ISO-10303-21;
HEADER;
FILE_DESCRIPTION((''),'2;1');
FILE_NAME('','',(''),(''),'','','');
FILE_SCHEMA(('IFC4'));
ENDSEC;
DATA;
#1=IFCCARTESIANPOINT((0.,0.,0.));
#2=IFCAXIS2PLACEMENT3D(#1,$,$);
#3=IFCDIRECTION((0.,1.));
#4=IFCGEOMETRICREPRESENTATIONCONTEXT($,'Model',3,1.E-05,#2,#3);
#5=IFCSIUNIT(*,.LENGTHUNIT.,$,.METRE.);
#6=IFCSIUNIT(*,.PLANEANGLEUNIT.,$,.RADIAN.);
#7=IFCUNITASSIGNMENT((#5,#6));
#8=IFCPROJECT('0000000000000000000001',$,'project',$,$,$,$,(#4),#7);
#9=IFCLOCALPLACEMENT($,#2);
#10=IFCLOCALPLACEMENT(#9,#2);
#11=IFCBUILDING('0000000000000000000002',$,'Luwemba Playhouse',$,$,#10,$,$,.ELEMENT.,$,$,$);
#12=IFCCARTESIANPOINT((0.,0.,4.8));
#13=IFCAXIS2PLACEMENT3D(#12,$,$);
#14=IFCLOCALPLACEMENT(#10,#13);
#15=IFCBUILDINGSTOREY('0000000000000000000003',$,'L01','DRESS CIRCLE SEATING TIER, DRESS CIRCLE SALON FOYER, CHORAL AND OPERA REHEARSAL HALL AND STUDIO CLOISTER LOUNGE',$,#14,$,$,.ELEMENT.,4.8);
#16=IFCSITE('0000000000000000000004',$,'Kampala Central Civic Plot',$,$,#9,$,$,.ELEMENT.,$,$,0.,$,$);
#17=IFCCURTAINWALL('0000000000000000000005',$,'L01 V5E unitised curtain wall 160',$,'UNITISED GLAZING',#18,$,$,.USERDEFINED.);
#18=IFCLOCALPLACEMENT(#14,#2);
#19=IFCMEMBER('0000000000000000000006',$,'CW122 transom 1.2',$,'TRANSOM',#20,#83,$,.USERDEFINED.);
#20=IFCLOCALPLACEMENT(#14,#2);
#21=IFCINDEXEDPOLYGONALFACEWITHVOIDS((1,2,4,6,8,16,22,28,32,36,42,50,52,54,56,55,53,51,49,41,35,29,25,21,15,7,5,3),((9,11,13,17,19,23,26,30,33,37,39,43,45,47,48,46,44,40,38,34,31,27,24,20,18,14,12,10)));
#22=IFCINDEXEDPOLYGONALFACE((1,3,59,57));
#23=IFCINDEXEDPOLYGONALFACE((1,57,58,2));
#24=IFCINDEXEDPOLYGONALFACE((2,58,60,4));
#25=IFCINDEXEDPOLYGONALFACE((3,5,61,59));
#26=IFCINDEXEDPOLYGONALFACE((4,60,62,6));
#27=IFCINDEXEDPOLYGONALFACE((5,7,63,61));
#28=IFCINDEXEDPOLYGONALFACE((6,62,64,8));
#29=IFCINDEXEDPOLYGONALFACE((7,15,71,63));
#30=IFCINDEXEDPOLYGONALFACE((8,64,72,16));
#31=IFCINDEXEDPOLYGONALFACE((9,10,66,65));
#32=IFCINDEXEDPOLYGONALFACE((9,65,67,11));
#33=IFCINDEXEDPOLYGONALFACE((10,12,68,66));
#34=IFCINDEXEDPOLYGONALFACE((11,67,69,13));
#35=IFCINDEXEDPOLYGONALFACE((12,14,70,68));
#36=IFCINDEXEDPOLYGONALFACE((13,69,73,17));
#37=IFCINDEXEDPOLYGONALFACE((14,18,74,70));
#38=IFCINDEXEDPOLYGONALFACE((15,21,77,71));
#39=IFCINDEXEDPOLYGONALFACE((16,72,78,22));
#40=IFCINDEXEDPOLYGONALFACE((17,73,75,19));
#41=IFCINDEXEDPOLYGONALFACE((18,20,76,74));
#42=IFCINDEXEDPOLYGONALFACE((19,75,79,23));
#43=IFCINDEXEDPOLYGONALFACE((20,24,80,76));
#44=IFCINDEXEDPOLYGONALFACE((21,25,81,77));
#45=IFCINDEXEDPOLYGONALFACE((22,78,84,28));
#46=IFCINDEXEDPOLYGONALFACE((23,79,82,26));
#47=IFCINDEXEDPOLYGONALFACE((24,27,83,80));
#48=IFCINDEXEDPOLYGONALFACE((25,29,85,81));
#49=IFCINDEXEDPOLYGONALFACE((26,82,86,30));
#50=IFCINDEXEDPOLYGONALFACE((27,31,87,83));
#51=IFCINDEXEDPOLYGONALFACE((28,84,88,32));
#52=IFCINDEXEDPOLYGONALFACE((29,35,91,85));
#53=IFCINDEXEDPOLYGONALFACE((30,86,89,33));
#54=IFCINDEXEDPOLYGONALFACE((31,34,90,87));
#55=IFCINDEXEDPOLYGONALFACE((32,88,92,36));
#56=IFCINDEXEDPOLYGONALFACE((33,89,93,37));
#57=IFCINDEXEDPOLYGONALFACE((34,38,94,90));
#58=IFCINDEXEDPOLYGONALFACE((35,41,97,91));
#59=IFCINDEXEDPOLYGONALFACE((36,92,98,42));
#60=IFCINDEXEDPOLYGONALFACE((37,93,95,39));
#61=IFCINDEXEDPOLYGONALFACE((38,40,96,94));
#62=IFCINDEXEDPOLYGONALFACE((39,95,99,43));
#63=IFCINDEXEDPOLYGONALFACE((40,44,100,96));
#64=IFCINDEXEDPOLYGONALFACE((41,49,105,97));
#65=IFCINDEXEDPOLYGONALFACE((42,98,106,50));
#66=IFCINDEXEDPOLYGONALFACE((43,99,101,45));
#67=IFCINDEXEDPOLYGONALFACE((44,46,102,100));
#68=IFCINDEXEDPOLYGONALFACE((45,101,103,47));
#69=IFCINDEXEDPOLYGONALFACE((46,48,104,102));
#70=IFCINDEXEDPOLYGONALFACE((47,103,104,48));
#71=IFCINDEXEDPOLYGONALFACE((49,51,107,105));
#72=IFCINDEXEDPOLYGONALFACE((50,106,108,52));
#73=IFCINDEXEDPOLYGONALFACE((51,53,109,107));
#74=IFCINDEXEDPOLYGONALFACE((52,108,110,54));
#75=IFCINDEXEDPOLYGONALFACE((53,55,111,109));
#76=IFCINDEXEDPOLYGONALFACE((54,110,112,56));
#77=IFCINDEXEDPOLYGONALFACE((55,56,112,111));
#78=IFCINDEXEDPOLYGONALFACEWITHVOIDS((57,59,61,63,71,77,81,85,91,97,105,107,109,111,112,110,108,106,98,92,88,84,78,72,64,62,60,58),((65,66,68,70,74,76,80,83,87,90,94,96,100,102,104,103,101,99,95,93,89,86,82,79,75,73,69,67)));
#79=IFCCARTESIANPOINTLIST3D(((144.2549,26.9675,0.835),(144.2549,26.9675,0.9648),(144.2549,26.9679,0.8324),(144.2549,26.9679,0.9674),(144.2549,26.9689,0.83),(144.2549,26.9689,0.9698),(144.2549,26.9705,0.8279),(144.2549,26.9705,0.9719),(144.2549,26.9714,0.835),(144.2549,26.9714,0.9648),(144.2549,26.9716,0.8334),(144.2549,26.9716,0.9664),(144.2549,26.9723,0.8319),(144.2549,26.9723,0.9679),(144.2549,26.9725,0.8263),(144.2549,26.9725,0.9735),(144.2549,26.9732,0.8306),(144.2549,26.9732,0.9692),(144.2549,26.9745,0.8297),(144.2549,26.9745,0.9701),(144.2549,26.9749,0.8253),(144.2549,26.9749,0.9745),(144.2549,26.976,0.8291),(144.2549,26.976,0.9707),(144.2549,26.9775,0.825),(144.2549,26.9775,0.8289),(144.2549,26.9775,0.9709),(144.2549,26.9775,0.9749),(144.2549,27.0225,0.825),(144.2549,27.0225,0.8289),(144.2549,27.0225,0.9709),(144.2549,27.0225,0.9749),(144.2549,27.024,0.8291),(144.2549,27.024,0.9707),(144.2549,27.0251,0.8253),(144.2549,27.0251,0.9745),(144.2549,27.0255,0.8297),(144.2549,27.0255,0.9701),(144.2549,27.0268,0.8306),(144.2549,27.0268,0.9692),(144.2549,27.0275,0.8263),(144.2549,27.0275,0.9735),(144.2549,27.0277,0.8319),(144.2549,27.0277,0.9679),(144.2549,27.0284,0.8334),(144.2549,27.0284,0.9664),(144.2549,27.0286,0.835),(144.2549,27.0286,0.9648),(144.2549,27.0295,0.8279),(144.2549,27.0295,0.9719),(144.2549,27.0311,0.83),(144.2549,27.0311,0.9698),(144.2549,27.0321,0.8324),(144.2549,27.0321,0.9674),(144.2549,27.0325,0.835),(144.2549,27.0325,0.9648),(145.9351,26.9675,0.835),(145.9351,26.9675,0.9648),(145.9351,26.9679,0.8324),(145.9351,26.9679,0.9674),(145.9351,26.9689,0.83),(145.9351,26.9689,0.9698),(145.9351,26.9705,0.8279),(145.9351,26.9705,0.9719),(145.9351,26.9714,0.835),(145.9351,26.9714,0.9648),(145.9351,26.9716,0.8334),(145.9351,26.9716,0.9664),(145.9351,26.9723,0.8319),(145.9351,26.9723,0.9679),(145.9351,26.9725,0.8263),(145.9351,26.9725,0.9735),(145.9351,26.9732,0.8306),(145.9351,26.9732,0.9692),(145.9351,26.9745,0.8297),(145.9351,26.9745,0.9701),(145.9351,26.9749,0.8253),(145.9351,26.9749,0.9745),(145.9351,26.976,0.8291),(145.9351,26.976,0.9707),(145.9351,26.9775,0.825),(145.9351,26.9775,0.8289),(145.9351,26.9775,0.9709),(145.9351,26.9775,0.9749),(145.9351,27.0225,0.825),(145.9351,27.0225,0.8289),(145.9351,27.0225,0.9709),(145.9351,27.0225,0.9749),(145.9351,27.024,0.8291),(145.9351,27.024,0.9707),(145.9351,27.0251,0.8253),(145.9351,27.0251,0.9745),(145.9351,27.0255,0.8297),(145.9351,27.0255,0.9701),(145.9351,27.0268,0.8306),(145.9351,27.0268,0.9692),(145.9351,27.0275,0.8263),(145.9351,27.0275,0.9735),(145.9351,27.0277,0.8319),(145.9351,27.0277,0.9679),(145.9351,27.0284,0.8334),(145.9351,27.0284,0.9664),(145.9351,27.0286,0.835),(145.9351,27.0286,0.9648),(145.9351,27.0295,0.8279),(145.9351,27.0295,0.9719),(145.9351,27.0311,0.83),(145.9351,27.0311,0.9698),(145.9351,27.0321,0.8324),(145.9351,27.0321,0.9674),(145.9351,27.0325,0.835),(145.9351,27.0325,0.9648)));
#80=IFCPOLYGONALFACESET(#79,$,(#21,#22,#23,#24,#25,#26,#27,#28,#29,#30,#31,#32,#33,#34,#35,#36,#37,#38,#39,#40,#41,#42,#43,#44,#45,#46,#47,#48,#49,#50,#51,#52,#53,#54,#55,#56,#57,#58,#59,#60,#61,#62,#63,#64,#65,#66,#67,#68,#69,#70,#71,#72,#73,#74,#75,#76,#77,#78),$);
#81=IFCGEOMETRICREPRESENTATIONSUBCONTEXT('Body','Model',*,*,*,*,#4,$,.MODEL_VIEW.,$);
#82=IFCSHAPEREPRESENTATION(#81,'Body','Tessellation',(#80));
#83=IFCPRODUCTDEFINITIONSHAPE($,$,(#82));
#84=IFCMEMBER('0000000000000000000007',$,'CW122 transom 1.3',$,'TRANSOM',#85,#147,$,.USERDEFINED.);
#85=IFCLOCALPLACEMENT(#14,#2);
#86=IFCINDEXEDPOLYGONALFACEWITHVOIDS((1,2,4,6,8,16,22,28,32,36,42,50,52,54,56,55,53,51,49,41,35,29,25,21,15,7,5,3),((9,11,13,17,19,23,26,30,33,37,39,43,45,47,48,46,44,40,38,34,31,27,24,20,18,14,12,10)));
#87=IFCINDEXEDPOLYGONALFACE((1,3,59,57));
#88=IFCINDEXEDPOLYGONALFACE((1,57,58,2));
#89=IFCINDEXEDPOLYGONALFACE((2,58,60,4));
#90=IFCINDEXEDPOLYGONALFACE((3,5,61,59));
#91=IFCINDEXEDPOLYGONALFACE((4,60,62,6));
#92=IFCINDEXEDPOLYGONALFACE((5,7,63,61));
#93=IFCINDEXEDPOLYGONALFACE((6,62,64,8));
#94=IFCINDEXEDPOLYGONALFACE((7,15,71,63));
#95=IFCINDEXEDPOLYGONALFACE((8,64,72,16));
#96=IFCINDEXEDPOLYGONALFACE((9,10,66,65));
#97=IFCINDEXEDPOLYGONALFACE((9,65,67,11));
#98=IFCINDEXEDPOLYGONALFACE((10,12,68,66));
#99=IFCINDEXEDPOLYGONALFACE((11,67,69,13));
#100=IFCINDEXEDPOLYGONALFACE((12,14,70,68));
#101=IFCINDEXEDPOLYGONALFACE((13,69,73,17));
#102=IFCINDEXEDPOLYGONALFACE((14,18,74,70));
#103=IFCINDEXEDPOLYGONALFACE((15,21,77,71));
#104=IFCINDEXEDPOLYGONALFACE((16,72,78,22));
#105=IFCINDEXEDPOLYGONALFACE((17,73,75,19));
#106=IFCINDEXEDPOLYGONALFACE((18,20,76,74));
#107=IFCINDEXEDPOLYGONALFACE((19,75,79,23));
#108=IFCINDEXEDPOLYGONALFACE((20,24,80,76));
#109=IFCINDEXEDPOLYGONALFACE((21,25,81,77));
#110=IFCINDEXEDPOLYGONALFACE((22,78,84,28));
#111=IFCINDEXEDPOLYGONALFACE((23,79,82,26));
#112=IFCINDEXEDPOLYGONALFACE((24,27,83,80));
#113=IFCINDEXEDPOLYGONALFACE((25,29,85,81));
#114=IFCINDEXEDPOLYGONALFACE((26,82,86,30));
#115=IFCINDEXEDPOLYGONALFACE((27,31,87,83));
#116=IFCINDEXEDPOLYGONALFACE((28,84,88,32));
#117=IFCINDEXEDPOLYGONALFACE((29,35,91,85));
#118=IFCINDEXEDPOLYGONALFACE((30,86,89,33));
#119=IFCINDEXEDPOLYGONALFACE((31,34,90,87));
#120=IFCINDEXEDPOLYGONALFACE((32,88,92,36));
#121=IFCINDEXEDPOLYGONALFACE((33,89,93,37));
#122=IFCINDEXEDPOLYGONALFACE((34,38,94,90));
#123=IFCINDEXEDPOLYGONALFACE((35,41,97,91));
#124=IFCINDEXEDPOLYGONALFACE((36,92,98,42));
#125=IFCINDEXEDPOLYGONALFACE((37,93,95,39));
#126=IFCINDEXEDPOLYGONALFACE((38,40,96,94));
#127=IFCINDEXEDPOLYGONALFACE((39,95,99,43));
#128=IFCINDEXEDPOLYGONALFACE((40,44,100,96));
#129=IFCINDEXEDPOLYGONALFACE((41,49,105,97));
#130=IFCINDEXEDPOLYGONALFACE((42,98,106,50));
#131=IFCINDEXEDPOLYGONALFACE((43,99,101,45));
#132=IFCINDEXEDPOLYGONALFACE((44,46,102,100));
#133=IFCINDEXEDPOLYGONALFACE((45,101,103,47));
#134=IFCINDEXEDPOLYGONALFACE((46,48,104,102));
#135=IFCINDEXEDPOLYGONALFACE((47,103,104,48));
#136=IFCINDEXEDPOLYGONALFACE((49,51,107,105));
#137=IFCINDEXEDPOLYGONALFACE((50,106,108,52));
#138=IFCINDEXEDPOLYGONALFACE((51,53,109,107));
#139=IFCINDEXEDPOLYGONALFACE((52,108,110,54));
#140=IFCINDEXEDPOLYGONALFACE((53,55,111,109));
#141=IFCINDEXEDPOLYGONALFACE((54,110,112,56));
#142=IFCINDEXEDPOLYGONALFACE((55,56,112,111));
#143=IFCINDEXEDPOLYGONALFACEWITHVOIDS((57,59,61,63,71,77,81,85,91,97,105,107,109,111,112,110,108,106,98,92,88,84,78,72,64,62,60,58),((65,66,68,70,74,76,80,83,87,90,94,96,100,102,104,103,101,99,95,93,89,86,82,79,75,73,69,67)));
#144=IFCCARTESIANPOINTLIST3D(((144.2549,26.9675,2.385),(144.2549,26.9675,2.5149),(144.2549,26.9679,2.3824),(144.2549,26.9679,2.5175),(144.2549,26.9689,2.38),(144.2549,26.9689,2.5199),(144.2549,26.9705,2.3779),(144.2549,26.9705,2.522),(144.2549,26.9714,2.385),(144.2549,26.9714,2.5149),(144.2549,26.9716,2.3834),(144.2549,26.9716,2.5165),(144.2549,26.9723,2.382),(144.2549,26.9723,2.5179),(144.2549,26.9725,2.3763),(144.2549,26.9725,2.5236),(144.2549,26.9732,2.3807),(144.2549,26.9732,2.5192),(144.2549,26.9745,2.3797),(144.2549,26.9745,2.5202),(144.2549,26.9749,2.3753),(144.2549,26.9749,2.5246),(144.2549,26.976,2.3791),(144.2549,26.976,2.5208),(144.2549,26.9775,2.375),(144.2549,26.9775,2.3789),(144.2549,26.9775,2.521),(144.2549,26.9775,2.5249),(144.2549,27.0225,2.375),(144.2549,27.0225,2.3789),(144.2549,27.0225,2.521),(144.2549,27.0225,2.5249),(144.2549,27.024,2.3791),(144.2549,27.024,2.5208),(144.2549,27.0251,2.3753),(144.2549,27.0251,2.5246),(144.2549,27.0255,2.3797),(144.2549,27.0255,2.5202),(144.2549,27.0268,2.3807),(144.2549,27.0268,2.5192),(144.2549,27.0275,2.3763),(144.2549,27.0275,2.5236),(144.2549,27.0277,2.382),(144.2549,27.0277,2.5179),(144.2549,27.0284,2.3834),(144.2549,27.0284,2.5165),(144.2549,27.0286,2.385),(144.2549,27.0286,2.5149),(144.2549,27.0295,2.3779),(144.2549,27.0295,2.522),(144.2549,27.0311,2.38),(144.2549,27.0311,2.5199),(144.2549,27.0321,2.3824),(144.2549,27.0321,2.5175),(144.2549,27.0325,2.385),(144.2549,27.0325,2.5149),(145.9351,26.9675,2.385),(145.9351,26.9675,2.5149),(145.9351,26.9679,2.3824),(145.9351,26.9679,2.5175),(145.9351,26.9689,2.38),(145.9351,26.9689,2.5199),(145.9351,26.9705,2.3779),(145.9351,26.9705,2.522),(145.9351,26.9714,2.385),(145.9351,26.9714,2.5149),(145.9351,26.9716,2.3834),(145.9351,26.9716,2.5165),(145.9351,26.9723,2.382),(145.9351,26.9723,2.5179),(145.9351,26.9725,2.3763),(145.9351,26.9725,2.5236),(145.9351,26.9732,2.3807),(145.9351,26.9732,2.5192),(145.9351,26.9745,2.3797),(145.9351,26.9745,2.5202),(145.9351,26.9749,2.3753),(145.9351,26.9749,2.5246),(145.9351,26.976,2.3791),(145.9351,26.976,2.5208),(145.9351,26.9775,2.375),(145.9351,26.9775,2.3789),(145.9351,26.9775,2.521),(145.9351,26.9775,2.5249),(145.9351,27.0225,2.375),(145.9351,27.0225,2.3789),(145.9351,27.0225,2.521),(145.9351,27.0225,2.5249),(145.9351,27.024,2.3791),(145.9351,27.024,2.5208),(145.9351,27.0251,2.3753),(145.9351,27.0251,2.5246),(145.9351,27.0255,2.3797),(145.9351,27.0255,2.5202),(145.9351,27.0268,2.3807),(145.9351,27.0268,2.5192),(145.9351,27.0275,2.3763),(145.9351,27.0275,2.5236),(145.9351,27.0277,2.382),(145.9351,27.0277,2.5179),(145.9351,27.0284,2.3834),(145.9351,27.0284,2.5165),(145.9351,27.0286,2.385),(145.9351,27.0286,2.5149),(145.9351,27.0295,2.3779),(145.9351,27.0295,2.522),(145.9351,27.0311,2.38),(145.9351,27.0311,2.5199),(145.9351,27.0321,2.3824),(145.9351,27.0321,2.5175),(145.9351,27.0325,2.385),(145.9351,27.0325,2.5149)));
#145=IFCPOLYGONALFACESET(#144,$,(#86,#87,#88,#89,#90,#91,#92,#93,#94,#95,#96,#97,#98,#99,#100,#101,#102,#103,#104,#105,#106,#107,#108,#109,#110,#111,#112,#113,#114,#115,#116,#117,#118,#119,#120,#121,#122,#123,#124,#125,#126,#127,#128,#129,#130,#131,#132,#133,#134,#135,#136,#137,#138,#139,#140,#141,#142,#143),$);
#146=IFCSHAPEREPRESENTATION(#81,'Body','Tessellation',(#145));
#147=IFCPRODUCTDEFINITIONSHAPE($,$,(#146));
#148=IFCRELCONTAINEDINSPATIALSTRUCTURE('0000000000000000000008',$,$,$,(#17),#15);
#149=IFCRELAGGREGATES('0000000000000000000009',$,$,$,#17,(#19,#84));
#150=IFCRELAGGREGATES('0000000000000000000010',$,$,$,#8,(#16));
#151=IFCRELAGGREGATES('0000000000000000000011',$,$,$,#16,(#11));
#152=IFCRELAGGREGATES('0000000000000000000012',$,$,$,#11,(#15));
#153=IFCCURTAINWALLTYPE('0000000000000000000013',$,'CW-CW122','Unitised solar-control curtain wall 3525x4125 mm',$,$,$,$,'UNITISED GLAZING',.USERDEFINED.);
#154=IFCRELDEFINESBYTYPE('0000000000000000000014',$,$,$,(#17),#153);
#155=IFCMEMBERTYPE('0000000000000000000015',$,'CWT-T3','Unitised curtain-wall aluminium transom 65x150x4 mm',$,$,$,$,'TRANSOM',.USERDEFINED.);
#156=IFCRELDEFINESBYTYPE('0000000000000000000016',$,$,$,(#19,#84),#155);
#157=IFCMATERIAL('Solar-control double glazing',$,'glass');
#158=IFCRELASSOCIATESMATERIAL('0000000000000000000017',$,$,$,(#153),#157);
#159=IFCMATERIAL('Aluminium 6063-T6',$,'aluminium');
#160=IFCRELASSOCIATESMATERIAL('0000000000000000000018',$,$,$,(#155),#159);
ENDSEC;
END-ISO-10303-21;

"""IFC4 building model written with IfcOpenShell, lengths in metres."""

from ifc_helpers import new_model, si_unit, direction, frame, origin, origin_2d, place, context, subcontext, project, spatial, hollow_rectangle, extrude, material, material_profile, profile_set, type_object, element, aggregate, save


model = new_model("IFC4")

# Units and contexts
model_context = context("Model", 3, precision=1e-05, world=origin(), true_north=direction((0.0, 1.0)))
body_context = subcontext(model_context, "Body", "Model", "MODEL_VIEW")
ifc_project = project(units=[si_unit("LENGTHUNIT", "METRE"), si_unit("PLANEANGLEUNIT", "RADIAN")], contexts=[model_context])

# Site, building, storey
site_placement = place(None, origin())
site = spatial("IfcSite", under=ifc_project, at=site_placement, Name="Kampala Central Civic Plot", CompositionType="ELEMENT", RefElevation=0.0)
building_placement = place(site_placement, origin())
building = spatial("IfcBuilding", under=site, at=building_placement, Name="Luwemba Playhouse", CompositionType="ELEMENT")
storey_placement = place(building_placement, frame((0.0, 0.0, 4.8)))
storey = spatial("IfcBuildingStorey", under=building, at=storey_placement, Name="L01", Description="DRESS CIRCLE SEATING TIER, DRESS CIRCLE SALON FOYER, CHORAL AND OPERA REHEARSAL HALL AND STUDIO CLOISTER LOUNGE", CompositionType="ELEMENT", Elevation=4.8)

# Curtain wall
ifc_material_1 = material(Name="Solar-control double glazing", Category="glass")
ifc_material_2 = material(Name="Aluminium 6063-T6", Category="aluminium")
curtain_wall_type_1 = type_object("IfcCurtainWallType", Name="CW-CW122", Description="Unitised solar-control curtain wall 3525x4125 mm", ElementType="UNITISED GLAZING", PredefinedType="USERDEFINED", material=ifc_material_1)
curtain_wall_1_placement = place(storey_placement, origin())
curtain_wall_1 = element("IfcCurtainWall", 1, at=curtain_wall_1_placement, inside=storey, type_object=curtain_wall_type_1, Name="L01 V5E unitised curtain wall 160", ObjectType="UNITISED GLAZING", PredefinedType="USERDEFINED")

# Members
ifc_material_profile_1 = material_profile(ifc_material_2, hollow_rectangle(XDim=0.0649, YDim=0.1499, WallThickness=0.0039, InnerFilletRadius=0.0061, OuterFilletRadius=0.01, at=origin_2d()))
ifc_profile_set_1 = profile_set([ifc_material_profile_1], Name="Aluminium 6063-T6")
member_type_1 = type_object("IfcMemberType", Name="CWT-T3", Description="Unitised curtain-wall aluminium transom 65x150x4 mm", ElementType="TRANSOM", PredefinedType="USERDEFINED", material=ifc_profile_set_1)
member_1_placement = place(storey_placement, frame((144.2549, 27.0, 0.8999), z_axis=(1.0, 0.0, 0.0), x_axis=(0.0, 1.0, 0.0)))
member_1 = element("IfcMember", 2, at=member_1_placement, type_object=member_type_1, Name="CW122 transom 1.2", ObjectType="TRANSOM", PredefinedType="USERDEFINED", context=body_context, shape_type="SweptSolid", body=[
    extrude(hollow_rectangle(XDim=0.0649, YDim=0.1499, WallThickness=0.0039, InnerFilletRadius=0.0061, OuterFilletRadius=0.01, at=origin_2d()), origin(), (0.0, 0.0, 1.0), 1.6802),
])
member_2_placement = place(storey_placement, frame((144.2549, 27.0, 2.45), z_axis=(1.0, 0.0, 0.0), x_axis=(0.0, 1.0, 0.0)))
member_2 = element("IfcMember", 3, at=member_2_placement, type_object=member_type_1, Name="CW122 transom 1.3", ObjectType="TRANSOM", PredefinedType="USERDEFINED", context=body_context, shape_type="SweptSolid", body=[
    extrude(hollow_rectangle(XDim=0.0649, YDim=0.1499, WallThickness=0.0039, InnerFilletRadius=0.0061, OuterFilletRadius=0.01, at=origin_2d()), origin(), (0.0, 0.0, 1.0), 1.6802),
])

aggregate(curtain_wall_1, [member_1, member_2])

save(model, "model.ifc")
